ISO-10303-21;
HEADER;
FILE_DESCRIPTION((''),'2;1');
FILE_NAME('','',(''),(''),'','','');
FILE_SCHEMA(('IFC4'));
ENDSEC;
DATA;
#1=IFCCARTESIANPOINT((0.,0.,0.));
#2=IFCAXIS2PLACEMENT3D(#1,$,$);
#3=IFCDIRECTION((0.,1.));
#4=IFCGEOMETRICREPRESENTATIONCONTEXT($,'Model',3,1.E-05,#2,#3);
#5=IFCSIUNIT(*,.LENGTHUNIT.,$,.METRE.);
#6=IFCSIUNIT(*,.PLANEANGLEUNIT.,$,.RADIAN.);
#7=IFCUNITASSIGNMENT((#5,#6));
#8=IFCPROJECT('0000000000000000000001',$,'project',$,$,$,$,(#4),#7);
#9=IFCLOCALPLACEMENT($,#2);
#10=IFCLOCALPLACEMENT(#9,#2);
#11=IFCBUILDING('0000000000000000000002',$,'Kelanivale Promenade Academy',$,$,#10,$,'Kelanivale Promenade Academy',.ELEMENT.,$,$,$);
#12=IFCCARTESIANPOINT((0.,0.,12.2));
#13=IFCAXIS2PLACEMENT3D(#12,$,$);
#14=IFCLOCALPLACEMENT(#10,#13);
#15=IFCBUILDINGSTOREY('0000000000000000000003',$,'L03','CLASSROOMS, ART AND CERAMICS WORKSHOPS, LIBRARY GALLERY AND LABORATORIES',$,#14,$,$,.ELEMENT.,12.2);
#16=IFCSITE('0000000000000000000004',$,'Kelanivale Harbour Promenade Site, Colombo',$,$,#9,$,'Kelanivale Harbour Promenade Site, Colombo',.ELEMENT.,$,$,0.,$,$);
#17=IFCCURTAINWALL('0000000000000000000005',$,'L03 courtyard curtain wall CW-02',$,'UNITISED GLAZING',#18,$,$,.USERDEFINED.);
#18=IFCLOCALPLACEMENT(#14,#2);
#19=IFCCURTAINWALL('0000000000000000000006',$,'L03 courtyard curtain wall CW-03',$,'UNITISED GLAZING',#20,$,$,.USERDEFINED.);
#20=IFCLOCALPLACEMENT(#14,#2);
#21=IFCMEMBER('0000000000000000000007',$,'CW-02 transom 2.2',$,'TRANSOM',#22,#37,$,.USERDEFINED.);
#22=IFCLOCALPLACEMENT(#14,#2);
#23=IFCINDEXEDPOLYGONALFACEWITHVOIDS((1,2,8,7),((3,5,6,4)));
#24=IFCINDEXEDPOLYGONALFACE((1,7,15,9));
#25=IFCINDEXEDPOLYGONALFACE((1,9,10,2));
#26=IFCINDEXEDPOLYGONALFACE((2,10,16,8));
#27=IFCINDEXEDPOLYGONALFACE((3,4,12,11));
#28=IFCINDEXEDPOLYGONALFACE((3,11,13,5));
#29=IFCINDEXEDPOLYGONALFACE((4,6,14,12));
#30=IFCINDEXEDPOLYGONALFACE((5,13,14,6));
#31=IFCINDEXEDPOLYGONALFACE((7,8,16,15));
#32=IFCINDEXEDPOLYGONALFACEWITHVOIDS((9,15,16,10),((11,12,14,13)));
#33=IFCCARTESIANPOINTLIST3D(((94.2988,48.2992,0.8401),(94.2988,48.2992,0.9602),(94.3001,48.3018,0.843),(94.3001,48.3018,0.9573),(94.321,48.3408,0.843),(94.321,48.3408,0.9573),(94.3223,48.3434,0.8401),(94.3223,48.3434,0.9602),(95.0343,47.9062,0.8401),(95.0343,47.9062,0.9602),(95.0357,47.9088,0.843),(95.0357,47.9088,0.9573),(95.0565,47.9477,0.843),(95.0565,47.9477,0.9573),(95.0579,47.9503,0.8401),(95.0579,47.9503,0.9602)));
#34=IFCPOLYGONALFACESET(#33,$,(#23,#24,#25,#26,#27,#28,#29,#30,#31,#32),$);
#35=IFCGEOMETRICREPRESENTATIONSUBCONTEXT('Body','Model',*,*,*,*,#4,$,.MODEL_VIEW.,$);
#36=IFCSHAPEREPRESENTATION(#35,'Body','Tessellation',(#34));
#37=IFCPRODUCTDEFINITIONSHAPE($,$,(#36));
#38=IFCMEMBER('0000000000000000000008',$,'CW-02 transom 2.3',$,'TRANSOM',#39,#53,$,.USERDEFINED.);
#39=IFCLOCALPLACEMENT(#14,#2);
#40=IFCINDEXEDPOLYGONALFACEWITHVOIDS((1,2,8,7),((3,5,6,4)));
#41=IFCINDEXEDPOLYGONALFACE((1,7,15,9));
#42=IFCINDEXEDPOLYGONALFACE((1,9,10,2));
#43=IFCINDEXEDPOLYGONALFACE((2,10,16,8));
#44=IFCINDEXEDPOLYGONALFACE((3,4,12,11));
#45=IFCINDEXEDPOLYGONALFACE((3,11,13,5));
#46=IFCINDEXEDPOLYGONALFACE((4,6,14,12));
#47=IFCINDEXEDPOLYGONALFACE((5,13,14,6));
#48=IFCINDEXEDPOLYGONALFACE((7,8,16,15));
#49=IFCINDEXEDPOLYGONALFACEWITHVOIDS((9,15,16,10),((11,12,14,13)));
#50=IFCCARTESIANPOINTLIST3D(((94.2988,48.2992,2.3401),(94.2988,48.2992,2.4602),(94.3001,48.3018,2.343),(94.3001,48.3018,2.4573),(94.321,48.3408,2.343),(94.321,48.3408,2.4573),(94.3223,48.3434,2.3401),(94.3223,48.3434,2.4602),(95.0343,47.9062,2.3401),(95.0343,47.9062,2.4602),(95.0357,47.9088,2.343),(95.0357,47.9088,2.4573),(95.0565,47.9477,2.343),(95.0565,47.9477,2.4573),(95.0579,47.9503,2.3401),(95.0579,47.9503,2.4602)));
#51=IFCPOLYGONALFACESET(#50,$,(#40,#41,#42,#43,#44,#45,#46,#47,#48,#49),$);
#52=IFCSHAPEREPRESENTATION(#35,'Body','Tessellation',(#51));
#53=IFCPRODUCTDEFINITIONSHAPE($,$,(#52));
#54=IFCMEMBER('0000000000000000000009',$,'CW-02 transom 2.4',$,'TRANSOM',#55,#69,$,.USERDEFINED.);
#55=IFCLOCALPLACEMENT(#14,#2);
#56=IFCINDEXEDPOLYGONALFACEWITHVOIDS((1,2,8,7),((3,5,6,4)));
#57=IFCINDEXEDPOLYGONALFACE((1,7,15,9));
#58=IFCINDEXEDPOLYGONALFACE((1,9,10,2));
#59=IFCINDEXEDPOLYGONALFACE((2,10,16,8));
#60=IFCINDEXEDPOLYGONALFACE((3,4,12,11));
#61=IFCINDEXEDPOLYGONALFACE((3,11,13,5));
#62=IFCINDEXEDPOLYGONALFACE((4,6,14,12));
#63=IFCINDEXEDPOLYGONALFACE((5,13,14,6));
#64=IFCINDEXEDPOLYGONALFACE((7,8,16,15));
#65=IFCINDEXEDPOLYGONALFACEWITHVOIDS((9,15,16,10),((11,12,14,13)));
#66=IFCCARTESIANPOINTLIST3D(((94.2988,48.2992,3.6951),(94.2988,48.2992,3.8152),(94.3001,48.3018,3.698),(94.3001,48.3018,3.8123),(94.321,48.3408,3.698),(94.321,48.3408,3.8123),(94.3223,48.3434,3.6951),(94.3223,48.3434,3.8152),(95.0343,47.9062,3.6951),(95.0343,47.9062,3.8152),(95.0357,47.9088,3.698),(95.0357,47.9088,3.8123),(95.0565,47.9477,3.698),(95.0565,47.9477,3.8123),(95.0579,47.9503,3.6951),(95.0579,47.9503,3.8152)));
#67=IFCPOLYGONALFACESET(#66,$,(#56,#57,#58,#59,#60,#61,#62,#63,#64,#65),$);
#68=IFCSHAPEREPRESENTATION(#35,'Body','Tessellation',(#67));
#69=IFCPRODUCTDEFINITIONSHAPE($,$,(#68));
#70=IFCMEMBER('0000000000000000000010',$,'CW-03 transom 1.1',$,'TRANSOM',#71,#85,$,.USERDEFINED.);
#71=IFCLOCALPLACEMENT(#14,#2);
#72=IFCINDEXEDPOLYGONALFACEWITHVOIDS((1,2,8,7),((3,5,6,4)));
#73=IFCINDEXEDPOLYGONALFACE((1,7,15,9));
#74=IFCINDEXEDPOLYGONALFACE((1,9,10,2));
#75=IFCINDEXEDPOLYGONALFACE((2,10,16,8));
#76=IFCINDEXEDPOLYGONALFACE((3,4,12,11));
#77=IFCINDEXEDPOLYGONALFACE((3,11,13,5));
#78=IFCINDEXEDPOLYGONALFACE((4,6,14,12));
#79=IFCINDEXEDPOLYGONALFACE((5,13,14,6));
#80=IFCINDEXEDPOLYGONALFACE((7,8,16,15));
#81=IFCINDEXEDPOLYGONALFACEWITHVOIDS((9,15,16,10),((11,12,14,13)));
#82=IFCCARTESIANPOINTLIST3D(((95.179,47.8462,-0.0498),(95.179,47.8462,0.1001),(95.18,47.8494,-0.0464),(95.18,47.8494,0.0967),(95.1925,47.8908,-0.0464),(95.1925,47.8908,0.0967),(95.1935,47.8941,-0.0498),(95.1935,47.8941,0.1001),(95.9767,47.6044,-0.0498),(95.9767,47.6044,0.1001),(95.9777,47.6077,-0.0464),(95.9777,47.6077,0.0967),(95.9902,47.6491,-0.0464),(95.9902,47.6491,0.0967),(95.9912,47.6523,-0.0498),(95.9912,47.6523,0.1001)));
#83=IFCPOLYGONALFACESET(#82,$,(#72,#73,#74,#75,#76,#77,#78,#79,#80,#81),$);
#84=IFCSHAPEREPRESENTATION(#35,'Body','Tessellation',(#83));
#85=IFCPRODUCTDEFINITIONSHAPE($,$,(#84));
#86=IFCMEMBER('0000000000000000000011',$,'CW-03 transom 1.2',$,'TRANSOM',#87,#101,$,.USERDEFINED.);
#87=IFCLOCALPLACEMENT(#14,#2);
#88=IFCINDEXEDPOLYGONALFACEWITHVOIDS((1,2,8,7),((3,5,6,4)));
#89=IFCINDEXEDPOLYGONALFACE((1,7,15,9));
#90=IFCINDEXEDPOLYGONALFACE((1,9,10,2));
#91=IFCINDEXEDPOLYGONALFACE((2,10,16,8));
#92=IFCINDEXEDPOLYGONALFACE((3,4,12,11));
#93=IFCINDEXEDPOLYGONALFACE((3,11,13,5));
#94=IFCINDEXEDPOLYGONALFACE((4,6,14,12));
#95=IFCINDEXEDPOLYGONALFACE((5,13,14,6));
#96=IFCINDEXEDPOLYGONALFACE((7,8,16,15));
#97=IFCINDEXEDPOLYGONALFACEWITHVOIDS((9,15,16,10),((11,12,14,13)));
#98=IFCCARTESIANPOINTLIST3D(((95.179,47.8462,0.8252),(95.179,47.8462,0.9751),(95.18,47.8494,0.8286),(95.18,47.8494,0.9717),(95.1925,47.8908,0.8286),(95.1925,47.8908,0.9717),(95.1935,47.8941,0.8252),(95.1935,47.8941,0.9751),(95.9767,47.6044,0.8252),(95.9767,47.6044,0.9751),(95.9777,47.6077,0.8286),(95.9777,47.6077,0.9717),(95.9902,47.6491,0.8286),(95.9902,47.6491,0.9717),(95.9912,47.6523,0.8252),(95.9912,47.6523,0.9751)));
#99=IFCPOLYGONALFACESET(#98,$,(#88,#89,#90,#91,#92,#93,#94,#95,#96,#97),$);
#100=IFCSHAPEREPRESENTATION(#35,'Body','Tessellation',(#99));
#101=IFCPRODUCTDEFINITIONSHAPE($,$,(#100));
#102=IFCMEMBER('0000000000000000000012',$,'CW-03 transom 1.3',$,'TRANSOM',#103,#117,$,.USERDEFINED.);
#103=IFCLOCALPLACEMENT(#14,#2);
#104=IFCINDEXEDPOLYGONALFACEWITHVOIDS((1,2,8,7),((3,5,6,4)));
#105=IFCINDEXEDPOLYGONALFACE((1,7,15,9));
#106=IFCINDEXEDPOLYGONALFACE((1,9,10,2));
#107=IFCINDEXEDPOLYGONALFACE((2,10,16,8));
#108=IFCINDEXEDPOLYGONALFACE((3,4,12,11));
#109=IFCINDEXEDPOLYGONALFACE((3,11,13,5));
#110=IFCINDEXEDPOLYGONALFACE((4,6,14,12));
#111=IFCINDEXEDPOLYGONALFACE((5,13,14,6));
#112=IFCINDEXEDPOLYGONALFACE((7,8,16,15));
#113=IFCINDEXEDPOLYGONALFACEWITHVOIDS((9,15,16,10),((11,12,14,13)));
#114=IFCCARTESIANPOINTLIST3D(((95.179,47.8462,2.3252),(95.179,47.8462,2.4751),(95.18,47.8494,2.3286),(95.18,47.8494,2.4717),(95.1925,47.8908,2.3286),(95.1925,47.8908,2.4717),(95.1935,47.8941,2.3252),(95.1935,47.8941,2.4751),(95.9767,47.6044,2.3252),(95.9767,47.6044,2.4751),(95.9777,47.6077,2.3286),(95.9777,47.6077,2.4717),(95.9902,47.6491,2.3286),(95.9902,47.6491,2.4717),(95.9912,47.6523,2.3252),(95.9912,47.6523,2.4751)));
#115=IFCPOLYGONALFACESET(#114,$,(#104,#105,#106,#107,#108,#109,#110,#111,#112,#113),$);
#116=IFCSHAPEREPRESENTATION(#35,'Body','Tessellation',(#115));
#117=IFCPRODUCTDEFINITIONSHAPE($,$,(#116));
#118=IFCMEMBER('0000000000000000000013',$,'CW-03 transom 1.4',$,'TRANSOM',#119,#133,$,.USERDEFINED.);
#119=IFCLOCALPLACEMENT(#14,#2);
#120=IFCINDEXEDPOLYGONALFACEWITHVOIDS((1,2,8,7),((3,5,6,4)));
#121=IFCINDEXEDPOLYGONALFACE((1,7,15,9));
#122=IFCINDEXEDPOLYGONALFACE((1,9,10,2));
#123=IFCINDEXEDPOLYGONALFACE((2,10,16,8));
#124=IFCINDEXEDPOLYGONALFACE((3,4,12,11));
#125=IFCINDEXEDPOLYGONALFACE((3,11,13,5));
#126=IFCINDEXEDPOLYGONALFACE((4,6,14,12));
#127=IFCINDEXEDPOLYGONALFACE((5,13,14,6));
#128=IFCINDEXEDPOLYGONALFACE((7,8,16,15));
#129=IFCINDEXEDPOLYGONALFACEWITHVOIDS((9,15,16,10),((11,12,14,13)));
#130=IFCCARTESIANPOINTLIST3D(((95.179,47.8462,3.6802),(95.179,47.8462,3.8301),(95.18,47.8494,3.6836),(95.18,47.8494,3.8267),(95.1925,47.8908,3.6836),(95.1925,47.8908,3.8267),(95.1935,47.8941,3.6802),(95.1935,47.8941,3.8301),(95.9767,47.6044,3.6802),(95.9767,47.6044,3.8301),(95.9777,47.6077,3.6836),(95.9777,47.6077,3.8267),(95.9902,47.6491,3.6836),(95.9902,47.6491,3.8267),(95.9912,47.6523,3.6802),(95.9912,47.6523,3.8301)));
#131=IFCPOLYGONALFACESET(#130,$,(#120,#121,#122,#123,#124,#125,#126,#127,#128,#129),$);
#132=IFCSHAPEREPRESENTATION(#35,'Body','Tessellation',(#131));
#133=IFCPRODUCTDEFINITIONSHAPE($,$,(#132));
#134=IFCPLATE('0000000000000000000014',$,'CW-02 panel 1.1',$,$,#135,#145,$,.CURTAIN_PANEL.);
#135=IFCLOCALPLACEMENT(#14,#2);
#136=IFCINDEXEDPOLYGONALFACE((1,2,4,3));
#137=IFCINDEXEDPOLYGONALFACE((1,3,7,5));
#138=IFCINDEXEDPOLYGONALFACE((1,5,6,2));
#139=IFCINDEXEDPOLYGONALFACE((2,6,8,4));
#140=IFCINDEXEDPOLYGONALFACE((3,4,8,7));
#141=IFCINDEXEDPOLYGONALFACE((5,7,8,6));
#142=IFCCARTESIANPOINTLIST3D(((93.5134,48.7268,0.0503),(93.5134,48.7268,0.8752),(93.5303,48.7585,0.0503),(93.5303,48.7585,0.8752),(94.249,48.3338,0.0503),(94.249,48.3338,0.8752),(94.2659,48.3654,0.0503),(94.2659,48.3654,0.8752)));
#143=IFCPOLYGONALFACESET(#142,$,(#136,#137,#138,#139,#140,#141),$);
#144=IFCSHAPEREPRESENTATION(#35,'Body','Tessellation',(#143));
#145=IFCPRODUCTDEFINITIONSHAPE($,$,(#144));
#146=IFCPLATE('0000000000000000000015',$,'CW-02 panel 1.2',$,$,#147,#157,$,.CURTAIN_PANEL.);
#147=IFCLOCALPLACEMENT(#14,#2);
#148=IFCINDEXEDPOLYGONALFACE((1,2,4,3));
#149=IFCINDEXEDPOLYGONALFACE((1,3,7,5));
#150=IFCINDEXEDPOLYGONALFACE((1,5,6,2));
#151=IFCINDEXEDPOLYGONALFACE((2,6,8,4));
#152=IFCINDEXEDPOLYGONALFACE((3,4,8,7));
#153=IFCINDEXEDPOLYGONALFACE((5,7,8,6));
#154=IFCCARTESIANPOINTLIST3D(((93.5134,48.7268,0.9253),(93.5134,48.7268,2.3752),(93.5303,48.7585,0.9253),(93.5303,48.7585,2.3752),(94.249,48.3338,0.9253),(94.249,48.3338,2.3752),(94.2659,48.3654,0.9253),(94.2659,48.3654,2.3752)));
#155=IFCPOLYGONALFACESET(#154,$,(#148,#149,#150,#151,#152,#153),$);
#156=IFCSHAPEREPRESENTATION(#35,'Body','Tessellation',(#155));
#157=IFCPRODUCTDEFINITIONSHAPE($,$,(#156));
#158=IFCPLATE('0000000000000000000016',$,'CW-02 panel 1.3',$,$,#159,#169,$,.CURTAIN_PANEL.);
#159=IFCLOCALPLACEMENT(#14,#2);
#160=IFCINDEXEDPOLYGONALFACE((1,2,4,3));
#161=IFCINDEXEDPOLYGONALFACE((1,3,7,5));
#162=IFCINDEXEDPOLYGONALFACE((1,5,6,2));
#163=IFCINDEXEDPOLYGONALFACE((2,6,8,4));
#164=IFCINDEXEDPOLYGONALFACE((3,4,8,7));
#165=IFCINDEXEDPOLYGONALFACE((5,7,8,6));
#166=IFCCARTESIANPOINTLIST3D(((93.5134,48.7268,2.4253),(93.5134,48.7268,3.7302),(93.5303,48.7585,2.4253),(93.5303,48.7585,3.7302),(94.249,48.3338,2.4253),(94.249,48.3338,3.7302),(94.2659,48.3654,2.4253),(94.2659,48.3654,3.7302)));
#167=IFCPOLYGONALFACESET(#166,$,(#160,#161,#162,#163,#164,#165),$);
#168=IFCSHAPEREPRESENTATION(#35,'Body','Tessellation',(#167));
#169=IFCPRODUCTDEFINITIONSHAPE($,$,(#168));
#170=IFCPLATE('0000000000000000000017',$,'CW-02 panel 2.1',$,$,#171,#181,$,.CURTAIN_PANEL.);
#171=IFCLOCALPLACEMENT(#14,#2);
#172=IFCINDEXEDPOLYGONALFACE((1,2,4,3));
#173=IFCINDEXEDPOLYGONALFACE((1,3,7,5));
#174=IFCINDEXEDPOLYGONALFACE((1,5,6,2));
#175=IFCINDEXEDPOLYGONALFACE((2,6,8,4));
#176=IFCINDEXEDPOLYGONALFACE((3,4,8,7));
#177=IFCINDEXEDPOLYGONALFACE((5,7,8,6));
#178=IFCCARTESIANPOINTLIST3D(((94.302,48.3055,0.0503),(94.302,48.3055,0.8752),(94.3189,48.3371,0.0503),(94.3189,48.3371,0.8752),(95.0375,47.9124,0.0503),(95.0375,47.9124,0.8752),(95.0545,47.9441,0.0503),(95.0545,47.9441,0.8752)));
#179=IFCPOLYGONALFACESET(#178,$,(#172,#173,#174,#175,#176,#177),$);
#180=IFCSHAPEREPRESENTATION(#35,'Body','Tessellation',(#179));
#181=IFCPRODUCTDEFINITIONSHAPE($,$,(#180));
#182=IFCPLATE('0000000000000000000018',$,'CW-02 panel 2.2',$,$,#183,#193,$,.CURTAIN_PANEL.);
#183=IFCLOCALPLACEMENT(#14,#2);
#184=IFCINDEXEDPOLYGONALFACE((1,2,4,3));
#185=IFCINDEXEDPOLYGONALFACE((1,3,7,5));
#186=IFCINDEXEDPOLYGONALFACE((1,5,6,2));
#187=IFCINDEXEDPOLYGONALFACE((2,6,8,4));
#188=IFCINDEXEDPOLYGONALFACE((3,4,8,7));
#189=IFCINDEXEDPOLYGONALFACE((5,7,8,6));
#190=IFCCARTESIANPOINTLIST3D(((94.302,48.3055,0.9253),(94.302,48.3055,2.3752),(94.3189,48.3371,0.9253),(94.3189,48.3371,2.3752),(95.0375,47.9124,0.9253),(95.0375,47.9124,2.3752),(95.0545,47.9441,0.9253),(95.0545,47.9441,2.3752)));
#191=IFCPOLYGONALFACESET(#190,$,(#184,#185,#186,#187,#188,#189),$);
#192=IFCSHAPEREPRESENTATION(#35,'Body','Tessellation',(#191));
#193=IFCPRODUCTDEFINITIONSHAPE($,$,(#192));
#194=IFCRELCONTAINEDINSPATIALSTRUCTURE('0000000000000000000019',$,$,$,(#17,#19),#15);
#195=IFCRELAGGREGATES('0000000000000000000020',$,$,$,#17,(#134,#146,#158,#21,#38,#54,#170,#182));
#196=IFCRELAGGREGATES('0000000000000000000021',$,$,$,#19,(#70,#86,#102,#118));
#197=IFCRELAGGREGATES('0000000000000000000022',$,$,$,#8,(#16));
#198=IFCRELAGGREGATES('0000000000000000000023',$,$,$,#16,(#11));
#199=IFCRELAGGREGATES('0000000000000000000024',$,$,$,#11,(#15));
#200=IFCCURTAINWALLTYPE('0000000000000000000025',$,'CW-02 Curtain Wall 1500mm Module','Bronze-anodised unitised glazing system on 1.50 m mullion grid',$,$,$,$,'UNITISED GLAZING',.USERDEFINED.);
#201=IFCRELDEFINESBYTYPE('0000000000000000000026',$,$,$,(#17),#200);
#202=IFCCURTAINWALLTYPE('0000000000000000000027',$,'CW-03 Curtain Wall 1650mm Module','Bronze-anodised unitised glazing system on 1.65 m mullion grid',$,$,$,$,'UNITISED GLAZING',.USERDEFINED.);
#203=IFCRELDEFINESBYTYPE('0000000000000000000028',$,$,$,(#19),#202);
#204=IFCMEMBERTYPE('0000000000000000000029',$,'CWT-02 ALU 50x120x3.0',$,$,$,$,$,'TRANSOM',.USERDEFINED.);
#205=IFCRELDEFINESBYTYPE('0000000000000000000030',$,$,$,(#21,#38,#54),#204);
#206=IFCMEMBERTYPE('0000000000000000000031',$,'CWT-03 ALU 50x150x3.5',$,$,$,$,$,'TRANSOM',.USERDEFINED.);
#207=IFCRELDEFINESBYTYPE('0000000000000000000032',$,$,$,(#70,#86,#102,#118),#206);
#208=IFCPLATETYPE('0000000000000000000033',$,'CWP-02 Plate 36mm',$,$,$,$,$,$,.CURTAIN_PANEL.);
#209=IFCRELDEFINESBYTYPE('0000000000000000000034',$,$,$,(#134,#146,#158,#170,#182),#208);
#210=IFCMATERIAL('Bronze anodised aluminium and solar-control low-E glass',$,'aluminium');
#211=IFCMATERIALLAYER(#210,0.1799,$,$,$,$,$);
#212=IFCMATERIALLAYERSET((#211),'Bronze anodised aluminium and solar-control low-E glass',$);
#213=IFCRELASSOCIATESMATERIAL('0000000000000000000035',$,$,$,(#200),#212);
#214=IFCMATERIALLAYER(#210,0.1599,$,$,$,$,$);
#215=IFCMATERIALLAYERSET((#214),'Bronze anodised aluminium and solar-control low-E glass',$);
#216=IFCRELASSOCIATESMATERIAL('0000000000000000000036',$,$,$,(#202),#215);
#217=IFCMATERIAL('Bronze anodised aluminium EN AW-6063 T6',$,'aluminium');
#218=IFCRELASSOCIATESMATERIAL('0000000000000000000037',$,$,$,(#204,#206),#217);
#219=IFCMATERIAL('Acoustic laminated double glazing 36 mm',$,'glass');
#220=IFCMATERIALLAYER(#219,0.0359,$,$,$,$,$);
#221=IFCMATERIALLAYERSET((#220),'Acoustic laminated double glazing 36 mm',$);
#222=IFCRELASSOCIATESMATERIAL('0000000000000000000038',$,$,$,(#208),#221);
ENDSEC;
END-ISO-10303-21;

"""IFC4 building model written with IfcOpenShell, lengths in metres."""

from ifc_helpers import new_model, si_unit, direction, frame, origin, origin_2d, place, context, subcontext, project, spatial, rectangle, hollow_rectangle, extrude, material, layer, layer_set, material_profile, profile_set, type_object, element, aggregate, save


model = new_model("IFC4")

# Units and contexts
model_context = context("Model", 3, precision=1e-05, world=origin(), true_north=direction((0.0, 1.0)))
body_context = subcontext(model_context, "Body", "Model", "MODEL_VIEW")
ifc_project = project(units=[si_unit("LENGTHUNIT", "METRE"), si_unit("PLANEANGLEUNIT", "RADIAN")], contexts=[model_context])

# Site, building, storey
site_placement = place(None, origin())
site = spatial("IfcSite", under=ifc_project, at=site_placement, Name="Kelanivale Harbour Promenade Site, Colombo", LongName="Kelanivale Harbour Promenade Site, Colombo", CompositionType="ELEMENT", RefElevation=0.0)
building_placement = place(site_placement, origin())
building = spatial("IfcBuilding", under=site, at=building_placement, Name="Kelanivale Promenade Academy", LongName="Kelanivale Promenade Academy", CompositionType="ELEMENT")
storey_placement = place(building_placement, frame((0.0, 0.0, 12.2)))
storey = spatial("IfcBuildingStorey", under=building, at=storey_placement, Name="L03", Description="CLASSROOMS, ART AND CERAMICS WORKSHOPS, LIBRARY GALLERY AND LABORATORIES", CompositionType="ELEMENT", Elevation=12.2)

# Curtain walls
ifc_material_1 = material(Name="Bronze anodised aluminium and solar-control low-E glass", Category="aluminium")
ifc_layer_1 = layer(ifc_material_1, 0.1799)
ifc_layer_set_1 = layer_set([ifc_layer_1], Name="Bronze anodised aluminium and solar-control low-E glass")
curtain_wall_type_1 = type_object("IfcCurtainWallType", Name="CW-02 Curtain Wall 1500mm Module", Description="Bronze-anodised unitised glazing system on 1.50 m mullion grid", ElementType="UNITISED GLAZING", PredefinedType="USERDEFINED", material=ifc_layer_set_1)
curtain_wall_1_placement = place(storey_placement, origin())
curtain_wall_1 = element("IfcCurtainWall", 1, at=curtain_wall_1_placement, inside=storey, type_object=curtain_wall_type_1, Name="L03 courtyard curtain wall CW-02", ObjectType="UNITISED GLAZING", PredefinedType="USERDEFINED")
ifc_material_2 = material(Name="Bronze anodised aluminium EN AW-6063 T6", Category="aluminium")
ifc_layer_2 = layer(ifc_material_1, 0.1599)
ifc_layer_set_2 = layer_set([ifc_layer_2], Name="Bronze anodised aluminium and solar-control low-E glass")
curtain_wall_type_2 = type_object("IfcCurtainWallType", Name="CW-03 Curtain Wall 1650mm Module", Description="Bronze-anodised unitised glazing system on 1.65 m mullion grid", ElementType="UNITISED GLAZING", PredefinedType="USERDEFINED", material=ifc_layer_set_2)
curtain_wall_2_placement = place(storey_placement, origin())
curtain_wall_2 = element("IfcCurtainWall", 2, at=curtain_wall_2_placement, inside=storey, type_object=curtain_wall_type_2, Name="L03 courtyard curtain wall CW-03", ObjectType="UNITISED GLAZING", PredefinedType="USERDEFINED")

# Members
ifc_material_profile_1 = material_profile(ifc_material_2, hollow_rectangle(XDim=0.05, YDim=0.1201, WallThickness=0.0029, at=origin_2d()), Name="ALU 50x120x3.0")
ifc_profile_set_1 = profile_set([ifc_material_profile_1], Name="Bronze anodised aluminium EN AW-6063 T6")
member_type_1 = type_object("IfcMemberType", Name="CWT-02 ALU 50x120x3.0", ElementType="TRANSOM", PredefinedType="USERDEFINED", material=ifc_profile_set_1)
member_1_placement = place(storey_placement, frame((94.3105, 48.3213, 0.9001), z_axis=(0.88198, -0.471287, 0.0), x_axis=(0.471287, 0.88198, 0.0)))
member_1 = element("IfcMember", 3, at=member_1_placement, type_object=member_type_1, Name="CW-02 transom 2.2", ObjectType="TRANSOM", PredefinedType="USERDEFINED", context=body_context, shape_type="SweptSolid", body=[
    extrude(hollow_rectangle(XDim=0.05, YDim=0.1201, WallThickness=0.0029, at=origin_2d()), origin(), (0.0, 0.0, 1.0), 0.834),
])
member_2_placement = place(storey_placement, frame((94.3105, 48.3213, 2.4001), z_axis=(0.88198, -0.471287, 0.0), x_axis=(0.471287, 0.88198, 0.0)))
member_2 = element("IfcMember", 4, at=member_2_placement, type_object=member_type_1, Name="CW-02 transom 2.3", ObjectType="TRANSOM", PredefinedType="USERDEFINED", context=body_context, shape_type="SweptSolid", body=[
    extrude(hollow_rectangle(XDim=0.05, YDim=0.1201, WallThickness=0.0029, at=origin_2d()), origin(), (0.0, 0.0, 1.0), 0.834),
])
member_3_placement = place(storey_placement, frame((94.3105, 48.3213, 3.7551), z_axis=(0.88198, -0.471287, 0.0), x_axis=(0.471287, 0.88198, 0.0)))
member_3 = element("IfcMember", 5, at=member_3_placement, type_object=member_type_1, Name="CW-02 transom 2.4", ObjectType="TRANSOM", PredefinedType="USERDEFINED", context=body_context, shape_type="SweptSolid", body=[
    extrude(hollow_rectangle(XDim=0.05, YDim=0.1201, WallThickness=0.0029, at=origin_2d()), origin(), (0.0, 0.0, 1.0), 0.834),
])
ifc_material_profile_2 = material_profile(ifc_material_2, hollow_rectangle(XDim=0.05, YDim=0.1499, WallThickness=0.0034, at=origin_2d()), Name="ALU 50x150x3.5")
ifc_profile_set_2 = profile_set([ifc_material_profile_2], Name="Bronze anodised aluminium EN AW-6063 T6")
member_type_2 = type_object("IfcMemberType", Name="CWT-03 ALU 50x150x3.5", ElementType="TRANSOM", PredefinedType="USERDEFINED", material=ifc_profile_set_2)
member_4_placement = place(storey_placement, frame((95.1863, 47.8701, 0.0251), z_axis=(0.957024, -0.290007, 0.0), x_axis=(0.290007, 0.957024, 0.0)))
member_4 = element("IfcMember", 6, at=member_4_placement, type_object=member_type_2, Name="CW-03 transom 1.1", ObjectType="TRANSOM", PredefinedType="USERDEFINED", context=body_context, shape_type="SweptSolid", body=[
    extrude(hollow_rectangle(XDim=0.05, YDim=0.1499, WallThickness=0.0034, at=origin_2d()), origin(), (0.0, 0.0, 1.0), 0.8335),
])
member_5_placement = place(storey_placement, frame((95.1863, 47.8701, 0.9001), z_axis=(0.957024, -0.290007, 0.0), x_axis=(0.290007, 0.957024, 0.0)))
member_5 = element("IfcMember", 7, at=member_5_placement, type_object=member_type_2, Name="CW-03 transom 1.2", ObjectType="TRANSOM", PredefinedType="USERDEFINED", context=body_context, shape_type="SweptSolid", body=[
    extrude(hollow_rectangle(XDim=0.05, YDim=0.1499, WallThickness=0.0034, at=origin_2d()), origin(), (0.0, 0.0, 1.0), 0.8335),
])
member_6_placement = place(storey_placement, frame((95.1863, 47.8701, 2.4001), z_axis=(0.957024, -0.290007, 0.0), x_axis=(0.290007, 0.957024, 0.0)))
member_6 = element("IfcMember", 8, at=member_6_placement, type_object=member_type_2, Name="CW-03 transom 1.3", ObjectType="TRANSOM", PredefinedType="USERDEFINED", context=body_context, shape_type="SweptSolid", body=[
    extrude(hollow_rectangle(XDim=0.05, YDim=0.1499, WallThickness=0.0034, at=origin_2d()), origin(), (0.0, 0.0, 1.0), 0.8335),
])
member_7_placement = place(storey_placement, frame((95.1863, 47.8701, 3.7551), z_axis=(0.957024, -0.290007, 0.0), x_axis=(0.290007, 0.957024, 0.0)))
member_7 = element("IfcMember", 9, at=member_7_placement, type_object=member_type_2, Name="CW-03 transom 1.4", ObjectType="TRANSOM", PredefinedType="USERDEFINED", context=body_context, shape_type="SweptSolid", body=[
    extrude(hollow_rectangle(XDim=0.05, YDim=0.1499, WallThickness=0.0034, at=origin_2d()), origin(), (0.0, 0.0, 1.0), 0.8335),
])

# Plates
ifc_material_3 = material(Name="Acoustic laminated double glazing 36 mm", Category="glass")
ifc_layer_3 = layer(ifc_material_3, 0.0359)
ifc_layer_set_3 = layer_set([ifc_layer_3], Name="Acoustic laminated double glazing 36 mm")
plate_type_1 = type_object("IfcPlateType", Name="CWP-02 Plate 36mm", PredefinedType="CURTAIN_PANEL", material=ifc_layer_set_3)
plate_1_placement = place(storey_placement, frame((93.8896, 48.5461, 0.0503), z_axis=(0.0, 0.0, 1.0), x_axis=(0.881978, -0.47129, 0.0)))
plate_1 = element("IfcPlate", 10, at=plate_1_placement, type_object=plate_type_1, Name="CW-02 panel 1.1", PredefinedType="CURTAIN_PANEL", context=body_context, shape_type="SweptSolid", body=[
    extrude(rectangle(XDim=0.834, YDim=0.0359, at=origin_2d()), origin(), (0.0, 0.0, 1.0), 0.825),
])
plate_2_placement = place(storey_placement, frame((93.8896, 48.5461, 0.9253), z_axis=(0.0, 0.0, 1.0), x_axis=(0.881978, -0.47129, 0.0)))
plate_2 = element("IfcPlate", 11, at=plate_2_placement, type_object=plate_type_1, Name="CW-02 panel 1.2", PredefinedType="CURTAIN_PANEL", context=body_context, shape_type="SweptSolid", body=[
    extrude(rectangle(XDim=0.834, YDim=0.0359, at=origin_2d()), origin(), (0.0, 0.0, 1.0), 1.45),
])
plate_3_placement = place(storey_placement, frame((93.8896, 48.5461, 2.4253), z_axis=(0.0, 0.0, 1.0), x_axis=(0.881978, -0.47129, 0.0)))
plate_3 = element("IfcPlate", 12, at=plate_3_placement, type_object=plate_type_1, Name="CW-02 panel 1.3", PredefinedType="CURTAIN_PANEL", context=body_context, shape_type="SweptSolid", body=[
    extrude(rectangle(XDim=0.834, YDim=0.0359, at=origin_2d()), origin(), (0.0, 0.0, 1.0), 1.3049),
])
plate_4_placement = place(storey_placement, frame((94.6782, 48.1248, 0.0503), z_axis=(0.0, 0.0, 1.0), x_axis=(0.881978, -0.47129, 0.0)))
plate_4 = element("IfcPlate", 13, at=plate_4_placement, type_object=plate_type_1, Name="CW-02 panel 2.1", PredefinedType="CURTAIN_PANEL", context=body_context, shape_type="SweptSolid", body=[
    extrude(rectangle(XDim=0.834, YDim=0.0359, at=origin_2d()), origin(), (0.0, 0.0, 1.0), 0.825),
])
plate_5_placement = place(storey_placement, frame((94.6782, 48.1248, 0.9253), z_axis=(0.0, 0.0, 1.0), x_axis=(0.881978, -0.47129, 0.0)))
plate_5 = element("IfcPlate", 14, at=plate_5_placement, type_object=plate_type_1, Name="CW-02 panel 2.2", PredefinedType="CURTAIN_PANEL", context=body_context, shape_type="SweptSolid", body=[
    extrude(rectangle(XDim=0.834, YDim=0.0359, at=origin_2d()), origin(), (0.0, 0.0, 1.0), 1.45),
])
aggregate(curtain_wall_1, [plate_1, plate_2, plate_3, member_1, member_2, member_3, plate_4, plate_5])
aggregate(curtain_wall_2, [member_4, member_5, member_6, member_7])

save(model, "model.ifc")
